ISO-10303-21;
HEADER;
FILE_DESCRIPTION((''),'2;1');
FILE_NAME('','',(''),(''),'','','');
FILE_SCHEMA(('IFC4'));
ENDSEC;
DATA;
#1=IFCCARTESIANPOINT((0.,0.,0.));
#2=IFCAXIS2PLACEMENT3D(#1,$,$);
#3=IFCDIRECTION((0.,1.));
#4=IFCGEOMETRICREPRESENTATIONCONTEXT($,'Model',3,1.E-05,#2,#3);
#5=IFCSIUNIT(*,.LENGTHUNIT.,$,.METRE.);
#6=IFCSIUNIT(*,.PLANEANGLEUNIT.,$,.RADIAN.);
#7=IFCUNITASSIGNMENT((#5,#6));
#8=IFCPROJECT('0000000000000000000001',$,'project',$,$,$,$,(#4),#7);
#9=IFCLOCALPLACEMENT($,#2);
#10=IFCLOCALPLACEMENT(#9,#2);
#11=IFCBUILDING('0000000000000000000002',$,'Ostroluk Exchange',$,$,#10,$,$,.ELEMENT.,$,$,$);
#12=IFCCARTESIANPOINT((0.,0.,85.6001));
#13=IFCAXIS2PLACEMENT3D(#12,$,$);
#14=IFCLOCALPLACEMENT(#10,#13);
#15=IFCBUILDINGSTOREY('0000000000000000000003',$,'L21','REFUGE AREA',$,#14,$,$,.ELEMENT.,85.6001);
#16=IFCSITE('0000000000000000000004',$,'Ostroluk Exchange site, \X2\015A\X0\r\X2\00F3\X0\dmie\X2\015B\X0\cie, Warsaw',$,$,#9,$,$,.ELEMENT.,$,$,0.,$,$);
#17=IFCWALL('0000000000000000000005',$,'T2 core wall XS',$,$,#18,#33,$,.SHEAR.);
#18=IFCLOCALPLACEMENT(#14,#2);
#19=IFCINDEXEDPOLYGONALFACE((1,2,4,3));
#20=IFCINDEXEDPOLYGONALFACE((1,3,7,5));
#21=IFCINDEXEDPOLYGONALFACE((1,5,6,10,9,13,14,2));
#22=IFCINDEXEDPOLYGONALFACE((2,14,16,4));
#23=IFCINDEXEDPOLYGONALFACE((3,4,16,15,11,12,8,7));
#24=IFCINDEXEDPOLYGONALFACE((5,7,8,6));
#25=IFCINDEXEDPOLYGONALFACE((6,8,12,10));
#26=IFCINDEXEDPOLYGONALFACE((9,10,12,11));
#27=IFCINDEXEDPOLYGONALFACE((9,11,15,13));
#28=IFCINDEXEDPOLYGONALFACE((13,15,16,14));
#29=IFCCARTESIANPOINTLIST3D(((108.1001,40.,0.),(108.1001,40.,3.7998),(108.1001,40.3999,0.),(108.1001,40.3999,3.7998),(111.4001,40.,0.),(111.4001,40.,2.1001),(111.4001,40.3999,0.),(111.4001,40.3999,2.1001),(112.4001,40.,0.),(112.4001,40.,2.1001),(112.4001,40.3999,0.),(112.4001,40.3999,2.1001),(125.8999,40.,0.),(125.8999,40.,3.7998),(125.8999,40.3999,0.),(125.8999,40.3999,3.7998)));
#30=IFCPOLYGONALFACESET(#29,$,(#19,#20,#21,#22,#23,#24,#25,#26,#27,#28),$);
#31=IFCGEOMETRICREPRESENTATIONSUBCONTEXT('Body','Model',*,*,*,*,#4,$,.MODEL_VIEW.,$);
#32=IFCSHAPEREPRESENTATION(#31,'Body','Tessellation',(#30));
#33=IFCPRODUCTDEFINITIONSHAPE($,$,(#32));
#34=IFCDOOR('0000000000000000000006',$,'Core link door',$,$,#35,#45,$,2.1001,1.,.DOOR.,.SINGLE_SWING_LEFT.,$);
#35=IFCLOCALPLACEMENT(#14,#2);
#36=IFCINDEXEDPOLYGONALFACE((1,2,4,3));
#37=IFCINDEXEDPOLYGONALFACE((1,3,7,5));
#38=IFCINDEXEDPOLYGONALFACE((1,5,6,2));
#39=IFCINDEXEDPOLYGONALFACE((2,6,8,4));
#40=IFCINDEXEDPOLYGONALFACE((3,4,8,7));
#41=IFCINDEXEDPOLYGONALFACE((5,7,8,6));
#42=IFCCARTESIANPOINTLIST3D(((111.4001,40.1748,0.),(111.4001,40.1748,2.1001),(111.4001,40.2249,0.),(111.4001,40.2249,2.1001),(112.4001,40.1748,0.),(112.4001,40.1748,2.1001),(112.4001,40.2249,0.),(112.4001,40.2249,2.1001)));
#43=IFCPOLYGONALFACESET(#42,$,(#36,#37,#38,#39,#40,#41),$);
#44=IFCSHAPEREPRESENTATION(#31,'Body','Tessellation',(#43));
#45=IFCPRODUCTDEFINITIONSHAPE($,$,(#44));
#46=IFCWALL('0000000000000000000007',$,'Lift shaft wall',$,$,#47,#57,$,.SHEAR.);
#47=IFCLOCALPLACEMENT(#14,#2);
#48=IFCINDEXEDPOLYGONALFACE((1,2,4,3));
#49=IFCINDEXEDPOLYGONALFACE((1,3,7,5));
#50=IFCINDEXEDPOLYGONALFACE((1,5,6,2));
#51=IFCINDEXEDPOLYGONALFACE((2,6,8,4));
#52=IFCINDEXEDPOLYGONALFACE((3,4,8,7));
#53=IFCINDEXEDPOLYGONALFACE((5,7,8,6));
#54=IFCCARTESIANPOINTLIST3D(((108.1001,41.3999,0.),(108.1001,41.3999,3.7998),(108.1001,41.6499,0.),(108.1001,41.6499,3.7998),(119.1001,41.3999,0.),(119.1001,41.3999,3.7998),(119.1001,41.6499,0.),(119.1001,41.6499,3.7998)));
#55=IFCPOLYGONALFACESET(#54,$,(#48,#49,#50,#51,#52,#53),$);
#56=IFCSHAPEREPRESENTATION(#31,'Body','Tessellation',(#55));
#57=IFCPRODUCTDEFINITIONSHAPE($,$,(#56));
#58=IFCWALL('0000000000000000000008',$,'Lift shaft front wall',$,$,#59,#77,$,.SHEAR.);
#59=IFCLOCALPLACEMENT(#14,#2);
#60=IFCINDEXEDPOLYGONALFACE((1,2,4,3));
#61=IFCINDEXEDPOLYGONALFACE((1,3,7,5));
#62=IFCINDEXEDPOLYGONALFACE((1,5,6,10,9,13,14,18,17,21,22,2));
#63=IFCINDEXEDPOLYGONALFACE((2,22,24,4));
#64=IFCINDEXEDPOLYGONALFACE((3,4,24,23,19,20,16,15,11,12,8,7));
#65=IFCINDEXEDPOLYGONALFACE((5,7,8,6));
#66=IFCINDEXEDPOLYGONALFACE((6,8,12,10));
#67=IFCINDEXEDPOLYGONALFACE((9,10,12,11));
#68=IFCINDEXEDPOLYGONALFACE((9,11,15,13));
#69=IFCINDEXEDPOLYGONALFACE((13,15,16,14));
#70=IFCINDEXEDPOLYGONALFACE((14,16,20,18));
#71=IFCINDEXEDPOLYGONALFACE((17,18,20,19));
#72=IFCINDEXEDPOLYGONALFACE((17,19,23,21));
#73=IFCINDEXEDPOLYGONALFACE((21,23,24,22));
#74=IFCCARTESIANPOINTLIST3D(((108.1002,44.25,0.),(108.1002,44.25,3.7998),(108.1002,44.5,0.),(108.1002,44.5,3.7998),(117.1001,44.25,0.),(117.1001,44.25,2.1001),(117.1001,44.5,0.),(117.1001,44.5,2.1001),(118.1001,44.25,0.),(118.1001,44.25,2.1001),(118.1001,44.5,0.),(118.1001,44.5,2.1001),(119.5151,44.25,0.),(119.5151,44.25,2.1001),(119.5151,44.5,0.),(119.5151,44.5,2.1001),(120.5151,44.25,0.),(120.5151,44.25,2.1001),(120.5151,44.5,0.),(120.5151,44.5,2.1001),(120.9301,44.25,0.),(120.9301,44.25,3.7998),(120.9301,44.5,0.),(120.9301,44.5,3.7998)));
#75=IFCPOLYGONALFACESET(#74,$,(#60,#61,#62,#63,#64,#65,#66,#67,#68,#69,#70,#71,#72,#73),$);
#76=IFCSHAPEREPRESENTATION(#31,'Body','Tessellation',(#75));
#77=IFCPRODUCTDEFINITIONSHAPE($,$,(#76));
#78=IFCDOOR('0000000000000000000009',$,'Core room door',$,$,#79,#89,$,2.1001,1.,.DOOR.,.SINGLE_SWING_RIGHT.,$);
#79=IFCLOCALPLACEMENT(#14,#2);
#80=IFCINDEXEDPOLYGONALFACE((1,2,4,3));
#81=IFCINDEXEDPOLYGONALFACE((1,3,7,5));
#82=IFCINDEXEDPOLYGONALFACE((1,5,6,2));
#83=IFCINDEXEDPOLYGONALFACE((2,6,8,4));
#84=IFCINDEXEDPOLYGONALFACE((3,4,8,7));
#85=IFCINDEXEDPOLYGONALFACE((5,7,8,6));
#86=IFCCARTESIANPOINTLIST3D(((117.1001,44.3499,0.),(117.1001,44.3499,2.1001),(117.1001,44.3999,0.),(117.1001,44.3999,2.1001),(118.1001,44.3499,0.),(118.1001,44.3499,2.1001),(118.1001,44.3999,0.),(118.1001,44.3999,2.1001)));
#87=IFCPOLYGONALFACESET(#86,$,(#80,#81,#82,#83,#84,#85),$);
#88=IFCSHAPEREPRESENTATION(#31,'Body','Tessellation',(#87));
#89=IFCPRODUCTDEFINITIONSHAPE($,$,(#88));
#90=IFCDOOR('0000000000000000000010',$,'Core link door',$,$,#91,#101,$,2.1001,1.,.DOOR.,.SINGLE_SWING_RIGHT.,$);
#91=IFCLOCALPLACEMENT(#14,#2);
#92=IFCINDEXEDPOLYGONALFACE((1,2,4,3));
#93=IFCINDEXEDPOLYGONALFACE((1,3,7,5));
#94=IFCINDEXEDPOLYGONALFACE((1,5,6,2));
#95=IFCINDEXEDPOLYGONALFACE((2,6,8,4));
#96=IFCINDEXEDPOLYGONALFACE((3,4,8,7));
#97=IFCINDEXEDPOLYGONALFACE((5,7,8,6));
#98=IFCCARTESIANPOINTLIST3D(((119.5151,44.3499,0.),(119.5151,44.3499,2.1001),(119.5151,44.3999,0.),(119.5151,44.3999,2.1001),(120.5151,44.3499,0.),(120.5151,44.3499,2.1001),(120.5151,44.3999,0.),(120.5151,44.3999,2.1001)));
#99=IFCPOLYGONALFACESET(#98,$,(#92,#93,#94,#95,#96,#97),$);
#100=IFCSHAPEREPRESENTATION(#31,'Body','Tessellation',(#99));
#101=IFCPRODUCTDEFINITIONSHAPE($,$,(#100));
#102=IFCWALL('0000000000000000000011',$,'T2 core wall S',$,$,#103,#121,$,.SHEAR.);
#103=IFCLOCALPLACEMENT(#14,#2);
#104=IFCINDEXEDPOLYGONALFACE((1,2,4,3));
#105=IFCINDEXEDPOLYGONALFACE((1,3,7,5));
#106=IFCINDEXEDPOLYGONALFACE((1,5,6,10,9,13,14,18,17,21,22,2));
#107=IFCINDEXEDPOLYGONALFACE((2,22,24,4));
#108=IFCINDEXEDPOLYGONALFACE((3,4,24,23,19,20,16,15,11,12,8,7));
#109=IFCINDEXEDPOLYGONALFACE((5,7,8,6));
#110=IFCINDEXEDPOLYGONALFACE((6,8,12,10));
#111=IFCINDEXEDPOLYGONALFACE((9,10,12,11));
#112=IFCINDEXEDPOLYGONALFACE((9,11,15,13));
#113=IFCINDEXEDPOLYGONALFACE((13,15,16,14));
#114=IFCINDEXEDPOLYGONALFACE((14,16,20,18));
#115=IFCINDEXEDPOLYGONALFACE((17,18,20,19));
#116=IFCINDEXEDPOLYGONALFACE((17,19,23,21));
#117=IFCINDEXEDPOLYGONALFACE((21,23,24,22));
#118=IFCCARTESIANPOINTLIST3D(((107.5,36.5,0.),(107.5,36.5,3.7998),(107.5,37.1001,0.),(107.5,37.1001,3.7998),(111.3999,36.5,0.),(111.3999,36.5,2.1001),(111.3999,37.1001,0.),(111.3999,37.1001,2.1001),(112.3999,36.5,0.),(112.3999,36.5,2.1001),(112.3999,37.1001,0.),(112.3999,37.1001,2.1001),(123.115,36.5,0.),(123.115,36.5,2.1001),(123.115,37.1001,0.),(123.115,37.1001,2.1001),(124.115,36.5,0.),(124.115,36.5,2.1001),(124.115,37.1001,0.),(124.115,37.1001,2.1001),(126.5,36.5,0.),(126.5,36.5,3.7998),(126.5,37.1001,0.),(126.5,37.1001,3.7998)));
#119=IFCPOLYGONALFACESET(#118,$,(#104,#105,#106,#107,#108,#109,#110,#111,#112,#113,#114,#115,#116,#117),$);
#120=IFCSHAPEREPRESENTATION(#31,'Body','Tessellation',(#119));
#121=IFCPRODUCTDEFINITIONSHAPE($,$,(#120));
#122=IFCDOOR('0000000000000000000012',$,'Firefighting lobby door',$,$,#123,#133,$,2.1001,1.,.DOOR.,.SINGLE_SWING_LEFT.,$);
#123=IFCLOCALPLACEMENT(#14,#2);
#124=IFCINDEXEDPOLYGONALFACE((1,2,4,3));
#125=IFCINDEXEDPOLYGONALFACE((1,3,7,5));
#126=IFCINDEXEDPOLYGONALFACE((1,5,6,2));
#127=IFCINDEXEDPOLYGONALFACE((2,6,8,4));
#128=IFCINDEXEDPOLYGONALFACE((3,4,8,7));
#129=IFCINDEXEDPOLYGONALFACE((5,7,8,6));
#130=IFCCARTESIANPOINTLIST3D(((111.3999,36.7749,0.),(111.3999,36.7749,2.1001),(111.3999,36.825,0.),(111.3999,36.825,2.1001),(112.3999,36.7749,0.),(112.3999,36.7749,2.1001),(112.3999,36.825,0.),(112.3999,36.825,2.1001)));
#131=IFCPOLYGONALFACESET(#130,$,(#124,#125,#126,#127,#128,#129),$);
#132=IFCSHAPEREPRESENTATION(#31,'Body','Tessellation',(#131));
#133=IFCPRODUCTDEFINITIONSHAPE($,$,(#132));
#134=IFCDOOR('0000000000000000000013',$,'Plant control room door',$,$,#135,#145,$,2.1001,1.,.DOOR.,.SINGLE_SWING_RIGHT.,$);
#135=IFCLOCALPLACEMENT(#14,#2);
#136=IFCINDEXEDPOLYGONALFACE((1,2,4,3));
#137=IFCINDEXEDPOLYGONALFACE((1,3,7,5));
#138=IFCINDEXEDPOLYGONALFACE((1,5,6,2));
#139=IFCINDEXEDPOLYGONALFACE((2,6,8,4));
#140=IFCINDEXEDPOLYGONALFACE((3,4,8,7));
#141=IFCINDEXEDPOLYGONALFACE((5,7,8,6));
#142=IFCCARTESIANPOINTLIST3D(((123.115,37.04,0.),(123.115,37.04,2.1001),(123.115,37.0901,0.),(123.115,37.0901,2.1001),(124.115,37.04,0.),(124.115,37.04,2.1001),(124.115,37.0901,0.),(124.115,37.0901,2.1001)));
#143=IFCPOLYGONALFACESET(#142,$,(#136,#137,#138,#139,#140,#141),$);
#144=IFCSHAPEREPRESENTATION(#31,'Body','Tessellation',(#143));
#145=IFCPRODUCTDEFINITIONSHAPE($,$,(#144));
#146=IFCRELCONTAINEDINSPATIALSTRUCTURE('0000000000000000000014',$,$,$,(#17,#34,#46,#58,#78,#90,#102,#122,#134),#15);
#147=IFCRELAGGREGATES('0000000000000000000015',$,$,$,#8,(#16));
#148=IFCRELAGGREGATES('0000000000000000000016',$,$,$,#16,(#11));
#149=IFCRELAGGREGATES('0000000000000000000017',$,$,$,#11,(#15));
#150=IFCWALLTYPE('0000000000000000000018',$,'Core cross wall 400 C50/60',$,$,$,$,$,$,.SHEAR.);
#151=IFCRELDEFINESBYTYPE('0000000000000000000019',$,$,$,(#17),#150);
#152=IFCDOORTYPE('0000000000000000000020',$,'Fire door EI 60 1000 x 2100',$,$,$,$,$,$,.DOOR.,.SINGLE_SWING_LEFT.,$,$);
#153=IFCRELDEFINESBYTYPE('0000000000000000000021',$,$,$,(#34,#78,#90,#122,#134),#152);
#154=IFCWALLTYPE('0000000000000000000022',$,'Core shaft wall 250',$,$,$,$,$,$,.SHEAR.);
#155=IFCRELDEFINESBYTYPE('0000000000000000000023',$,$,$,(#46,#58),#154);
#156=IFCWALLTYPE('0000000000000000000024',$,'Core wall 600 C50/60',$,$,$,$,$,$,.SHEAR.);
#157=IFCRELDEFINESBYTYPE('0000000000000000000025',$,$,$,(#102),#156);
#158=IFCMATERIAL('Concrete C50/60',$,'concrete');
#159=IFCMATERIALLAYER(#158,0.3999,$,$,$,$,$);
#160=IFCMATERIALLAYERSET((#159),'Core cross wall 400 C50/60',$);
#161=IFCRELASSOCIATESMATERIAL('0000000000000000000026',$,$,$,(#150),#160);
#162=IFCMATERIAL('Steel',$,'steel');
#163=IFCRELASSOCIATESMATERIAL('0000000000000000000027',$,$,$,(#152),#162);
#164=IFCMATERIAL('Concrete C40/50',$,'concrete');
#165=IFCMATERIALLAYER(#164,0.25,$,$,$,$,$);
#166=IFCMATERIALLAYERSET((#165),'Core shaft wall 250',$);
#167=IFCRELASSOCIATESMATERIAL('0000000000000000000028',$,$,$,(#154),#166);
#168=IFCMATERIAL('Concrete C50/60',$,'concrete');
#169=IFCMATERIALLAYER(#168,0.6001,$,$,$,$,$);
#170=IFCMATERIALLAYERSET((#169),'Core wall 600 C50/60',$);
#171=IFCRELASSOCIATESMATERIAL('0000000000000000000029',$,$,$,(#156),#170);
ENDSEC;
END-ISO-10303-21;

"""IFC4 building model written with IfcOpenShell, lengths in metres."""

from ifc_helpers import new_model, si_unit, direction, frame, frame_2d, origin, place, context, subcontext, project, spatial, rectangle, extrude, material, layer, layer_set, type_object, element, fill, save


model = new_model("IFC4")

# Units and contexts
model_context = context("Model", 3, precision=1e-05, world=origin(), true_north=direction((0.0, 1.0)))
body_context = subcontext(model_context, "Body", "Model", "MODEL_VIEW")
ifc_project = project(units=[si_unit("LENGTHUNIT", "METRE"), si_unit("PLANEANGLEUNIT", "RADIAN")], contexts=[model_context])

# Site, building, storey
site_placement = place(None, origin())
site = spatial("IfcSite", under=ifc_project, at=site_placement, Name="Ostroluk Exchange site, Śródmieście, Warsaw", CompositionType="ELEMENT", RefElevation=0.0)
building_placement = place(site_placement, origin())
building = spatial("IfcBuilding", under=site, at=building_placement, Name="Ostroluk Exchange", CompositionType="ELEMENT")
storey_placement = place(building_placement, frame((0.0, 0.0, 85.6001)))
storey = spatial("IfcBuildingStorey", under=building, at=storey_placement, Name="L21", Description="REFUGE AREA", CompositionType="ELEMENT", Elevation=85.6001)

# Wall, opening, door
ifc_material_1 = material(Name="Concrete C50/60", Category="concrete")
ifc_layer_1 = layer(ifc_material_1, 0.3999)
ifc_layer_set_1 = layer_set([ifc_layer_1], Name="Core cross wall 400 C50/60")
wall_type_1 = type_object("IfcWallType", Name="Core cross wall 400 C50/60", PredefinedType="SHEAR", material=ifc_layer_set_1)
wall_1_placement = place(storey_placement, frame((108.1001, 40.2, 0.0), z_axis=(0.0, 0.0, 1.0), x_axis=(1.0, 0.0, 0.0)))
wall_1 = element("IfcWall", 1, at=wall_1_placement, inside=storey, type_object=wall_type_1, Name="T2 core wall XS", PredefinedType="SHEAR", context=body_context, shape_type="SweptSolid", body=[
    extrude(rectangle(XDim=17.7998, YDim=0.3999, at=frame_2d((8.8999, 0.0))), origin(), (0.0, 0.0, 1.0), 3.7998),
])
opening_1_placement = place(wall_1_placement, frame((3.3, 0.0, 0.0)))
opening_1 = element("IfcOpeningElement", 2, at=opening_1_placement, cuts=wall_1, PredefinedType="OPENING", context=body_context, shape_type="SweptSolid", body=[
    extrude(rectangle(XDim=1.0, YDim=2.1001, at=frame_2d((0.5, 1.05))), frame((0.0, 0.21, 0.0), z_axis=(0.0, -1.0, 0.0), x_axis=(1.0, 0.0, 0.0)), (0.0, 0.0, 1.0), 0.4199),
])
ifc_material_2 = material(Name="Steel", Category="steel")
door_type_1 = type_object("IfcDoorType", Name="Fire door EI 60 1000 x 2100", OperationType="SINGLE_SWING_LEFT", PredefinedType="DOOR", material=ifc_material_2)
door_1_placement = place(opening_1_placement, origin())
door_1 = element("IfcDoor", 3, at=door_1_placement, inside=storey, type_object=door_type_1, Name="Core link door", OperationType="SINGLE_SWING_LEFT", OverallHeight=2.1001, OverallWidth=1.0, PredefinedType="DOOR", context=body_context, shape_type="SweptSolid", body=[
    extrude(rectangle(XDim=1.0, YDim=2.1001, at=frame_2d((0.5, 1.05))), frame((0.0, 0.0249, 0.0), z_axis=(0.0, -1.0, 0.0), x_axis=(1.0, 0.0, 0.0)), (0.0, 0.0, 1.0), 0.05),
])
fill(opening_1, door_1)

# Wall
ifc_material_3 = material(Name="Concrete C40/50", Category="concrete")
ifc_layer_2 = layer(ifc_material_3, 0.25)
ifc_layer_set_2 = layer_set([ifc_layer_2], Name="Core shaft wall 250")
wall_type_2 = type_object("IfcWallType", Name="Core shaft wall 250", PredefinedType="SHEAR", material=ifc_layer_set_2)
wall_2_placement = place(storey_placement, frame((108.1001, 41.5249, 0.0), z_axis=(0.0, 0.0, 1.0), x_axis=(1.0, 0.0, 0.0)))
element("IfcWall", 4, at=wall_2_placement, inside=storey, type_object=wall_type_2, Name="Lift shaft wall", PredefinedType="SHEAR", context=body_context, shape_type="SweptSolid", body=[
    extrude(rectangle(XDim=11.0, YDim=0.25, at=frame_2d((5.5, 0.0))), origin(), (0.0, 0.0, 1.0), 3.7998),
])

# Walls, openings, doors
wall_3_placement = place(storey_placement, frame((108.1001, 44.375, 0.0), z_axis=(0.0, 0.0, 1.0), x_axis=(1.0, 0.0, 0.0)))
wall_3 = element("IfcWall", 5, at=wall_3_placement, inside=storey, type_object=wall_type_2, Name="Lift shaft front wall", PredefinedType="SHEAR", context=body_context, shape_type="SweptSolid", body=[
    extrude(rectangle(XDim=12.8298, YDim=0.25, at=frame_2d((6.415, 0.0))), origin(), (0.0, 0.0, 1.0), 3.7998),
])
opening_2_placement = place(wall_3_placement, frame((9.0, 0.0, 0.0)))
opening_2 = element("IfcOpeningElement", 6, at=opening_2_placement, cuts=wall_3, PredefinedType="OPENING", context=body_context, shape_type="SweptSolid", body=[
    extrude(rectangle(XDim=1.0, YDim=2.1001, at=frame_2d((0.5, 1.05))), frame((0.0, 0.135, 0.0), z_axis=(0.0, -1.0, 0.0), x_axis=(1.0, 0.0, 0.0)), (0.0, 0.0, 1.0), 0.27),
])
opening_3_placement = place(wall_3_placement, frame((11.415, 0.0, 0.0)))
opening_3 = element("IfcOpeningElement", 7, at=opening_3_placement, cuts=wall_3, PredefinedType="OPENING", context=body_context, shape_type="SweptSolid", body=[
    extrude(rectangle(XDim=1.0, YDim=2.1001, at=frame_2d((0.5, 1.05))), frame((0.0, 0.135, 0.0), z_axis=(0.0, -1.0, 0.0), x_axis=(1.0, 0.0, 0.0)), (0.0, 0.0, 1.0), 0.27),
])
door_2_placement = place(opening_2_placement, origin())
door_2 = element("IfcDoor", 8, at=door_2_placement, inside=storey, type_object=door_type_1, Name="Core room door", OperationType="SINGLE_SWING_RIGHT", OverallHeight=2.1001, OverallWidth=1.0, PredefinedType="DOOR", context=body_context, shape_type="SweptSolid", body=[
    extrude(rectangle(XDim=1.0, YDim=2.1001, at=frame_2d((0.5, 1.05))), frame((0.0, 0.0249, 0.0), z_axis=(0.0, -1.0, 0.0), x_axis=(1.0, 0.0, 0.0)), (0.0, 0.0, 1.0), 0.05),
])
fill(opening_2, door_2)
door_3_placement = place(opening_3_placement, origin())
door_3 = element("IfcDoor", 9, at=door_3_placement, inside=storey, type_object=door_type_1, Name="Core link door", OperationType="SINGLE_SWING_RIGHT", OverallHeight=2.1001, OverallWidth=1.0, PredefinedType="DOOR", context=body_context, shape_type="SweptSolid", body=[
    extrude(rectangle(XDim=1.0, YDim=2.1001, at=frame_2d((0.5, 1.05))), frame((0.0, 0.0249, 0.0), z_axis=(0.0, -1.0, 0.0), x_axis=(1.0, 0.0, 0.0)), (0.0, 0.0, 1.0), 0.05),
])
fill(opening_3, door_3)
ifc_material_4 = material(Name="Concrete C50/60", Category="concrete")
ifc_layer_3 = layer(ifc_material_4, 0.6001)
ifc_layer_set_3 = layer_set([ifc_layer_3], Name="Core wall 600 C50/60")
wall_type_3 = type_object("IfcWallType", Name="Core wall 600 C50/60", PredefinedType="SHEAR", material=ifc_layer_set_3)
wall_4_placement = place(storey_placement, frame((107.5, 36.8, 0.0), z_axis=(0.0, 0.0, 1.0), x_axis=(1.0, 0.0, 0.0)))
wall_4 = element("IfcWall", 10, at=wall_4_placement, inside=storey, type_object=wall_type_3, Name="T2 core wall S", PredefinedType="SHEAR", context=body_context, shape_type="SweptSolid", body=[
    extrude(rectangle(XDim=19.0, YDim=0.6001, at=frame_2d((9.5, 0.0))), origin(), (0.0, 0.0, 1.0), 3.7998),
])
opening_4_placement = place(wall_4_placement, frame((3.8999, 0.0, 0.0)))
opening_4 = element("IfcOpeningElement", 11, at=opening_4_placement, cuts=wall_4, PredefinedType="OPENING", context=body_context, shape_type="SweptSolid", body=[
    extrude(rectangle(XDim=1.0, YDim=2.1001, at=frame_2d((0.5, 1.05))), frame((0.0, 0.3101, 0.0), z_axis=(0.0, -1.0, 0.0), x_axis=(1.0, 0.0, 0.0)), (0.0, 0.0, 1.0), 0.6201),
])
opening_5_placement = place(wall_4_placement, frame((15.615, 0.0, 0.0)))
opening_5 = element("IfcOpeningElement", 12, at=opening_5_placement, cuts=wall_4, PredefinedType="OPENING", context=body_context, shape_type="SweptSolid", body=[
    extrude(rectangle(XDim=1.0, YDim=2.1001, at=frame_2d((0.5, 1.05))), frame((0.0, 0.3101, 0.0), z_axis=(0.0, -1.0, 0.0), x_axis=(1.0, 0.0, 0.0)), (0.0, 0.0, 1.0), 0.6201),
])
door_4_placement = place(opening_4_placement, origin())
door_4 = element("IfcDoor", 13, at=door_4_placement, inside=storey, type_object=door_type_1, Name="Firefighting lobby door", OperationType="SINGLE_SWING_LEFT", OverallHeight=2.1001, OverallWidth=1.0, PredefinedType="DOOR", context=body_context, shape_type="SweptSolid", body=[
    extrude(rectangle(XDim=1.0, YDim=2.1001, at=frame_2d((0.5, 1.05))), frame((0.0, 0.0249, 0.0), z_axis=(0.0, -1.0, 0.0), x_axis=(1.0, 0.0, 0.0)), (0.0, 0.0, 1.0), 0.05),
])
fill(opening_4, door_4)
door_5_placement = place(opening_5_placement, origin())
door_5 = element("IfcDoor", 14, at=door_5_placement, inside=storey, type_object=door_type_1, Name="Plant control room door", OperationType="SINGLE_SWING_RIGHT", OverallHeight=2.1001, OverallWidth=1.0, PredefinedType="DOOR", context=body_context, shape_type="SweptSolid", body=[
    extrude(rectangle(XDim=1.0, YDim=2.1001, at=frame_2d((0.5, 1.05))), frame((0.0, 0.29, 0.0), z_axis=(0.0, -1.0, 0.0), x_axis=(1.0, 0.0, 0.0)), (0.0, 0.0, 1.0), 0.05),
])
fill(opening_5, door_5)

save(model, "model.ifc")
